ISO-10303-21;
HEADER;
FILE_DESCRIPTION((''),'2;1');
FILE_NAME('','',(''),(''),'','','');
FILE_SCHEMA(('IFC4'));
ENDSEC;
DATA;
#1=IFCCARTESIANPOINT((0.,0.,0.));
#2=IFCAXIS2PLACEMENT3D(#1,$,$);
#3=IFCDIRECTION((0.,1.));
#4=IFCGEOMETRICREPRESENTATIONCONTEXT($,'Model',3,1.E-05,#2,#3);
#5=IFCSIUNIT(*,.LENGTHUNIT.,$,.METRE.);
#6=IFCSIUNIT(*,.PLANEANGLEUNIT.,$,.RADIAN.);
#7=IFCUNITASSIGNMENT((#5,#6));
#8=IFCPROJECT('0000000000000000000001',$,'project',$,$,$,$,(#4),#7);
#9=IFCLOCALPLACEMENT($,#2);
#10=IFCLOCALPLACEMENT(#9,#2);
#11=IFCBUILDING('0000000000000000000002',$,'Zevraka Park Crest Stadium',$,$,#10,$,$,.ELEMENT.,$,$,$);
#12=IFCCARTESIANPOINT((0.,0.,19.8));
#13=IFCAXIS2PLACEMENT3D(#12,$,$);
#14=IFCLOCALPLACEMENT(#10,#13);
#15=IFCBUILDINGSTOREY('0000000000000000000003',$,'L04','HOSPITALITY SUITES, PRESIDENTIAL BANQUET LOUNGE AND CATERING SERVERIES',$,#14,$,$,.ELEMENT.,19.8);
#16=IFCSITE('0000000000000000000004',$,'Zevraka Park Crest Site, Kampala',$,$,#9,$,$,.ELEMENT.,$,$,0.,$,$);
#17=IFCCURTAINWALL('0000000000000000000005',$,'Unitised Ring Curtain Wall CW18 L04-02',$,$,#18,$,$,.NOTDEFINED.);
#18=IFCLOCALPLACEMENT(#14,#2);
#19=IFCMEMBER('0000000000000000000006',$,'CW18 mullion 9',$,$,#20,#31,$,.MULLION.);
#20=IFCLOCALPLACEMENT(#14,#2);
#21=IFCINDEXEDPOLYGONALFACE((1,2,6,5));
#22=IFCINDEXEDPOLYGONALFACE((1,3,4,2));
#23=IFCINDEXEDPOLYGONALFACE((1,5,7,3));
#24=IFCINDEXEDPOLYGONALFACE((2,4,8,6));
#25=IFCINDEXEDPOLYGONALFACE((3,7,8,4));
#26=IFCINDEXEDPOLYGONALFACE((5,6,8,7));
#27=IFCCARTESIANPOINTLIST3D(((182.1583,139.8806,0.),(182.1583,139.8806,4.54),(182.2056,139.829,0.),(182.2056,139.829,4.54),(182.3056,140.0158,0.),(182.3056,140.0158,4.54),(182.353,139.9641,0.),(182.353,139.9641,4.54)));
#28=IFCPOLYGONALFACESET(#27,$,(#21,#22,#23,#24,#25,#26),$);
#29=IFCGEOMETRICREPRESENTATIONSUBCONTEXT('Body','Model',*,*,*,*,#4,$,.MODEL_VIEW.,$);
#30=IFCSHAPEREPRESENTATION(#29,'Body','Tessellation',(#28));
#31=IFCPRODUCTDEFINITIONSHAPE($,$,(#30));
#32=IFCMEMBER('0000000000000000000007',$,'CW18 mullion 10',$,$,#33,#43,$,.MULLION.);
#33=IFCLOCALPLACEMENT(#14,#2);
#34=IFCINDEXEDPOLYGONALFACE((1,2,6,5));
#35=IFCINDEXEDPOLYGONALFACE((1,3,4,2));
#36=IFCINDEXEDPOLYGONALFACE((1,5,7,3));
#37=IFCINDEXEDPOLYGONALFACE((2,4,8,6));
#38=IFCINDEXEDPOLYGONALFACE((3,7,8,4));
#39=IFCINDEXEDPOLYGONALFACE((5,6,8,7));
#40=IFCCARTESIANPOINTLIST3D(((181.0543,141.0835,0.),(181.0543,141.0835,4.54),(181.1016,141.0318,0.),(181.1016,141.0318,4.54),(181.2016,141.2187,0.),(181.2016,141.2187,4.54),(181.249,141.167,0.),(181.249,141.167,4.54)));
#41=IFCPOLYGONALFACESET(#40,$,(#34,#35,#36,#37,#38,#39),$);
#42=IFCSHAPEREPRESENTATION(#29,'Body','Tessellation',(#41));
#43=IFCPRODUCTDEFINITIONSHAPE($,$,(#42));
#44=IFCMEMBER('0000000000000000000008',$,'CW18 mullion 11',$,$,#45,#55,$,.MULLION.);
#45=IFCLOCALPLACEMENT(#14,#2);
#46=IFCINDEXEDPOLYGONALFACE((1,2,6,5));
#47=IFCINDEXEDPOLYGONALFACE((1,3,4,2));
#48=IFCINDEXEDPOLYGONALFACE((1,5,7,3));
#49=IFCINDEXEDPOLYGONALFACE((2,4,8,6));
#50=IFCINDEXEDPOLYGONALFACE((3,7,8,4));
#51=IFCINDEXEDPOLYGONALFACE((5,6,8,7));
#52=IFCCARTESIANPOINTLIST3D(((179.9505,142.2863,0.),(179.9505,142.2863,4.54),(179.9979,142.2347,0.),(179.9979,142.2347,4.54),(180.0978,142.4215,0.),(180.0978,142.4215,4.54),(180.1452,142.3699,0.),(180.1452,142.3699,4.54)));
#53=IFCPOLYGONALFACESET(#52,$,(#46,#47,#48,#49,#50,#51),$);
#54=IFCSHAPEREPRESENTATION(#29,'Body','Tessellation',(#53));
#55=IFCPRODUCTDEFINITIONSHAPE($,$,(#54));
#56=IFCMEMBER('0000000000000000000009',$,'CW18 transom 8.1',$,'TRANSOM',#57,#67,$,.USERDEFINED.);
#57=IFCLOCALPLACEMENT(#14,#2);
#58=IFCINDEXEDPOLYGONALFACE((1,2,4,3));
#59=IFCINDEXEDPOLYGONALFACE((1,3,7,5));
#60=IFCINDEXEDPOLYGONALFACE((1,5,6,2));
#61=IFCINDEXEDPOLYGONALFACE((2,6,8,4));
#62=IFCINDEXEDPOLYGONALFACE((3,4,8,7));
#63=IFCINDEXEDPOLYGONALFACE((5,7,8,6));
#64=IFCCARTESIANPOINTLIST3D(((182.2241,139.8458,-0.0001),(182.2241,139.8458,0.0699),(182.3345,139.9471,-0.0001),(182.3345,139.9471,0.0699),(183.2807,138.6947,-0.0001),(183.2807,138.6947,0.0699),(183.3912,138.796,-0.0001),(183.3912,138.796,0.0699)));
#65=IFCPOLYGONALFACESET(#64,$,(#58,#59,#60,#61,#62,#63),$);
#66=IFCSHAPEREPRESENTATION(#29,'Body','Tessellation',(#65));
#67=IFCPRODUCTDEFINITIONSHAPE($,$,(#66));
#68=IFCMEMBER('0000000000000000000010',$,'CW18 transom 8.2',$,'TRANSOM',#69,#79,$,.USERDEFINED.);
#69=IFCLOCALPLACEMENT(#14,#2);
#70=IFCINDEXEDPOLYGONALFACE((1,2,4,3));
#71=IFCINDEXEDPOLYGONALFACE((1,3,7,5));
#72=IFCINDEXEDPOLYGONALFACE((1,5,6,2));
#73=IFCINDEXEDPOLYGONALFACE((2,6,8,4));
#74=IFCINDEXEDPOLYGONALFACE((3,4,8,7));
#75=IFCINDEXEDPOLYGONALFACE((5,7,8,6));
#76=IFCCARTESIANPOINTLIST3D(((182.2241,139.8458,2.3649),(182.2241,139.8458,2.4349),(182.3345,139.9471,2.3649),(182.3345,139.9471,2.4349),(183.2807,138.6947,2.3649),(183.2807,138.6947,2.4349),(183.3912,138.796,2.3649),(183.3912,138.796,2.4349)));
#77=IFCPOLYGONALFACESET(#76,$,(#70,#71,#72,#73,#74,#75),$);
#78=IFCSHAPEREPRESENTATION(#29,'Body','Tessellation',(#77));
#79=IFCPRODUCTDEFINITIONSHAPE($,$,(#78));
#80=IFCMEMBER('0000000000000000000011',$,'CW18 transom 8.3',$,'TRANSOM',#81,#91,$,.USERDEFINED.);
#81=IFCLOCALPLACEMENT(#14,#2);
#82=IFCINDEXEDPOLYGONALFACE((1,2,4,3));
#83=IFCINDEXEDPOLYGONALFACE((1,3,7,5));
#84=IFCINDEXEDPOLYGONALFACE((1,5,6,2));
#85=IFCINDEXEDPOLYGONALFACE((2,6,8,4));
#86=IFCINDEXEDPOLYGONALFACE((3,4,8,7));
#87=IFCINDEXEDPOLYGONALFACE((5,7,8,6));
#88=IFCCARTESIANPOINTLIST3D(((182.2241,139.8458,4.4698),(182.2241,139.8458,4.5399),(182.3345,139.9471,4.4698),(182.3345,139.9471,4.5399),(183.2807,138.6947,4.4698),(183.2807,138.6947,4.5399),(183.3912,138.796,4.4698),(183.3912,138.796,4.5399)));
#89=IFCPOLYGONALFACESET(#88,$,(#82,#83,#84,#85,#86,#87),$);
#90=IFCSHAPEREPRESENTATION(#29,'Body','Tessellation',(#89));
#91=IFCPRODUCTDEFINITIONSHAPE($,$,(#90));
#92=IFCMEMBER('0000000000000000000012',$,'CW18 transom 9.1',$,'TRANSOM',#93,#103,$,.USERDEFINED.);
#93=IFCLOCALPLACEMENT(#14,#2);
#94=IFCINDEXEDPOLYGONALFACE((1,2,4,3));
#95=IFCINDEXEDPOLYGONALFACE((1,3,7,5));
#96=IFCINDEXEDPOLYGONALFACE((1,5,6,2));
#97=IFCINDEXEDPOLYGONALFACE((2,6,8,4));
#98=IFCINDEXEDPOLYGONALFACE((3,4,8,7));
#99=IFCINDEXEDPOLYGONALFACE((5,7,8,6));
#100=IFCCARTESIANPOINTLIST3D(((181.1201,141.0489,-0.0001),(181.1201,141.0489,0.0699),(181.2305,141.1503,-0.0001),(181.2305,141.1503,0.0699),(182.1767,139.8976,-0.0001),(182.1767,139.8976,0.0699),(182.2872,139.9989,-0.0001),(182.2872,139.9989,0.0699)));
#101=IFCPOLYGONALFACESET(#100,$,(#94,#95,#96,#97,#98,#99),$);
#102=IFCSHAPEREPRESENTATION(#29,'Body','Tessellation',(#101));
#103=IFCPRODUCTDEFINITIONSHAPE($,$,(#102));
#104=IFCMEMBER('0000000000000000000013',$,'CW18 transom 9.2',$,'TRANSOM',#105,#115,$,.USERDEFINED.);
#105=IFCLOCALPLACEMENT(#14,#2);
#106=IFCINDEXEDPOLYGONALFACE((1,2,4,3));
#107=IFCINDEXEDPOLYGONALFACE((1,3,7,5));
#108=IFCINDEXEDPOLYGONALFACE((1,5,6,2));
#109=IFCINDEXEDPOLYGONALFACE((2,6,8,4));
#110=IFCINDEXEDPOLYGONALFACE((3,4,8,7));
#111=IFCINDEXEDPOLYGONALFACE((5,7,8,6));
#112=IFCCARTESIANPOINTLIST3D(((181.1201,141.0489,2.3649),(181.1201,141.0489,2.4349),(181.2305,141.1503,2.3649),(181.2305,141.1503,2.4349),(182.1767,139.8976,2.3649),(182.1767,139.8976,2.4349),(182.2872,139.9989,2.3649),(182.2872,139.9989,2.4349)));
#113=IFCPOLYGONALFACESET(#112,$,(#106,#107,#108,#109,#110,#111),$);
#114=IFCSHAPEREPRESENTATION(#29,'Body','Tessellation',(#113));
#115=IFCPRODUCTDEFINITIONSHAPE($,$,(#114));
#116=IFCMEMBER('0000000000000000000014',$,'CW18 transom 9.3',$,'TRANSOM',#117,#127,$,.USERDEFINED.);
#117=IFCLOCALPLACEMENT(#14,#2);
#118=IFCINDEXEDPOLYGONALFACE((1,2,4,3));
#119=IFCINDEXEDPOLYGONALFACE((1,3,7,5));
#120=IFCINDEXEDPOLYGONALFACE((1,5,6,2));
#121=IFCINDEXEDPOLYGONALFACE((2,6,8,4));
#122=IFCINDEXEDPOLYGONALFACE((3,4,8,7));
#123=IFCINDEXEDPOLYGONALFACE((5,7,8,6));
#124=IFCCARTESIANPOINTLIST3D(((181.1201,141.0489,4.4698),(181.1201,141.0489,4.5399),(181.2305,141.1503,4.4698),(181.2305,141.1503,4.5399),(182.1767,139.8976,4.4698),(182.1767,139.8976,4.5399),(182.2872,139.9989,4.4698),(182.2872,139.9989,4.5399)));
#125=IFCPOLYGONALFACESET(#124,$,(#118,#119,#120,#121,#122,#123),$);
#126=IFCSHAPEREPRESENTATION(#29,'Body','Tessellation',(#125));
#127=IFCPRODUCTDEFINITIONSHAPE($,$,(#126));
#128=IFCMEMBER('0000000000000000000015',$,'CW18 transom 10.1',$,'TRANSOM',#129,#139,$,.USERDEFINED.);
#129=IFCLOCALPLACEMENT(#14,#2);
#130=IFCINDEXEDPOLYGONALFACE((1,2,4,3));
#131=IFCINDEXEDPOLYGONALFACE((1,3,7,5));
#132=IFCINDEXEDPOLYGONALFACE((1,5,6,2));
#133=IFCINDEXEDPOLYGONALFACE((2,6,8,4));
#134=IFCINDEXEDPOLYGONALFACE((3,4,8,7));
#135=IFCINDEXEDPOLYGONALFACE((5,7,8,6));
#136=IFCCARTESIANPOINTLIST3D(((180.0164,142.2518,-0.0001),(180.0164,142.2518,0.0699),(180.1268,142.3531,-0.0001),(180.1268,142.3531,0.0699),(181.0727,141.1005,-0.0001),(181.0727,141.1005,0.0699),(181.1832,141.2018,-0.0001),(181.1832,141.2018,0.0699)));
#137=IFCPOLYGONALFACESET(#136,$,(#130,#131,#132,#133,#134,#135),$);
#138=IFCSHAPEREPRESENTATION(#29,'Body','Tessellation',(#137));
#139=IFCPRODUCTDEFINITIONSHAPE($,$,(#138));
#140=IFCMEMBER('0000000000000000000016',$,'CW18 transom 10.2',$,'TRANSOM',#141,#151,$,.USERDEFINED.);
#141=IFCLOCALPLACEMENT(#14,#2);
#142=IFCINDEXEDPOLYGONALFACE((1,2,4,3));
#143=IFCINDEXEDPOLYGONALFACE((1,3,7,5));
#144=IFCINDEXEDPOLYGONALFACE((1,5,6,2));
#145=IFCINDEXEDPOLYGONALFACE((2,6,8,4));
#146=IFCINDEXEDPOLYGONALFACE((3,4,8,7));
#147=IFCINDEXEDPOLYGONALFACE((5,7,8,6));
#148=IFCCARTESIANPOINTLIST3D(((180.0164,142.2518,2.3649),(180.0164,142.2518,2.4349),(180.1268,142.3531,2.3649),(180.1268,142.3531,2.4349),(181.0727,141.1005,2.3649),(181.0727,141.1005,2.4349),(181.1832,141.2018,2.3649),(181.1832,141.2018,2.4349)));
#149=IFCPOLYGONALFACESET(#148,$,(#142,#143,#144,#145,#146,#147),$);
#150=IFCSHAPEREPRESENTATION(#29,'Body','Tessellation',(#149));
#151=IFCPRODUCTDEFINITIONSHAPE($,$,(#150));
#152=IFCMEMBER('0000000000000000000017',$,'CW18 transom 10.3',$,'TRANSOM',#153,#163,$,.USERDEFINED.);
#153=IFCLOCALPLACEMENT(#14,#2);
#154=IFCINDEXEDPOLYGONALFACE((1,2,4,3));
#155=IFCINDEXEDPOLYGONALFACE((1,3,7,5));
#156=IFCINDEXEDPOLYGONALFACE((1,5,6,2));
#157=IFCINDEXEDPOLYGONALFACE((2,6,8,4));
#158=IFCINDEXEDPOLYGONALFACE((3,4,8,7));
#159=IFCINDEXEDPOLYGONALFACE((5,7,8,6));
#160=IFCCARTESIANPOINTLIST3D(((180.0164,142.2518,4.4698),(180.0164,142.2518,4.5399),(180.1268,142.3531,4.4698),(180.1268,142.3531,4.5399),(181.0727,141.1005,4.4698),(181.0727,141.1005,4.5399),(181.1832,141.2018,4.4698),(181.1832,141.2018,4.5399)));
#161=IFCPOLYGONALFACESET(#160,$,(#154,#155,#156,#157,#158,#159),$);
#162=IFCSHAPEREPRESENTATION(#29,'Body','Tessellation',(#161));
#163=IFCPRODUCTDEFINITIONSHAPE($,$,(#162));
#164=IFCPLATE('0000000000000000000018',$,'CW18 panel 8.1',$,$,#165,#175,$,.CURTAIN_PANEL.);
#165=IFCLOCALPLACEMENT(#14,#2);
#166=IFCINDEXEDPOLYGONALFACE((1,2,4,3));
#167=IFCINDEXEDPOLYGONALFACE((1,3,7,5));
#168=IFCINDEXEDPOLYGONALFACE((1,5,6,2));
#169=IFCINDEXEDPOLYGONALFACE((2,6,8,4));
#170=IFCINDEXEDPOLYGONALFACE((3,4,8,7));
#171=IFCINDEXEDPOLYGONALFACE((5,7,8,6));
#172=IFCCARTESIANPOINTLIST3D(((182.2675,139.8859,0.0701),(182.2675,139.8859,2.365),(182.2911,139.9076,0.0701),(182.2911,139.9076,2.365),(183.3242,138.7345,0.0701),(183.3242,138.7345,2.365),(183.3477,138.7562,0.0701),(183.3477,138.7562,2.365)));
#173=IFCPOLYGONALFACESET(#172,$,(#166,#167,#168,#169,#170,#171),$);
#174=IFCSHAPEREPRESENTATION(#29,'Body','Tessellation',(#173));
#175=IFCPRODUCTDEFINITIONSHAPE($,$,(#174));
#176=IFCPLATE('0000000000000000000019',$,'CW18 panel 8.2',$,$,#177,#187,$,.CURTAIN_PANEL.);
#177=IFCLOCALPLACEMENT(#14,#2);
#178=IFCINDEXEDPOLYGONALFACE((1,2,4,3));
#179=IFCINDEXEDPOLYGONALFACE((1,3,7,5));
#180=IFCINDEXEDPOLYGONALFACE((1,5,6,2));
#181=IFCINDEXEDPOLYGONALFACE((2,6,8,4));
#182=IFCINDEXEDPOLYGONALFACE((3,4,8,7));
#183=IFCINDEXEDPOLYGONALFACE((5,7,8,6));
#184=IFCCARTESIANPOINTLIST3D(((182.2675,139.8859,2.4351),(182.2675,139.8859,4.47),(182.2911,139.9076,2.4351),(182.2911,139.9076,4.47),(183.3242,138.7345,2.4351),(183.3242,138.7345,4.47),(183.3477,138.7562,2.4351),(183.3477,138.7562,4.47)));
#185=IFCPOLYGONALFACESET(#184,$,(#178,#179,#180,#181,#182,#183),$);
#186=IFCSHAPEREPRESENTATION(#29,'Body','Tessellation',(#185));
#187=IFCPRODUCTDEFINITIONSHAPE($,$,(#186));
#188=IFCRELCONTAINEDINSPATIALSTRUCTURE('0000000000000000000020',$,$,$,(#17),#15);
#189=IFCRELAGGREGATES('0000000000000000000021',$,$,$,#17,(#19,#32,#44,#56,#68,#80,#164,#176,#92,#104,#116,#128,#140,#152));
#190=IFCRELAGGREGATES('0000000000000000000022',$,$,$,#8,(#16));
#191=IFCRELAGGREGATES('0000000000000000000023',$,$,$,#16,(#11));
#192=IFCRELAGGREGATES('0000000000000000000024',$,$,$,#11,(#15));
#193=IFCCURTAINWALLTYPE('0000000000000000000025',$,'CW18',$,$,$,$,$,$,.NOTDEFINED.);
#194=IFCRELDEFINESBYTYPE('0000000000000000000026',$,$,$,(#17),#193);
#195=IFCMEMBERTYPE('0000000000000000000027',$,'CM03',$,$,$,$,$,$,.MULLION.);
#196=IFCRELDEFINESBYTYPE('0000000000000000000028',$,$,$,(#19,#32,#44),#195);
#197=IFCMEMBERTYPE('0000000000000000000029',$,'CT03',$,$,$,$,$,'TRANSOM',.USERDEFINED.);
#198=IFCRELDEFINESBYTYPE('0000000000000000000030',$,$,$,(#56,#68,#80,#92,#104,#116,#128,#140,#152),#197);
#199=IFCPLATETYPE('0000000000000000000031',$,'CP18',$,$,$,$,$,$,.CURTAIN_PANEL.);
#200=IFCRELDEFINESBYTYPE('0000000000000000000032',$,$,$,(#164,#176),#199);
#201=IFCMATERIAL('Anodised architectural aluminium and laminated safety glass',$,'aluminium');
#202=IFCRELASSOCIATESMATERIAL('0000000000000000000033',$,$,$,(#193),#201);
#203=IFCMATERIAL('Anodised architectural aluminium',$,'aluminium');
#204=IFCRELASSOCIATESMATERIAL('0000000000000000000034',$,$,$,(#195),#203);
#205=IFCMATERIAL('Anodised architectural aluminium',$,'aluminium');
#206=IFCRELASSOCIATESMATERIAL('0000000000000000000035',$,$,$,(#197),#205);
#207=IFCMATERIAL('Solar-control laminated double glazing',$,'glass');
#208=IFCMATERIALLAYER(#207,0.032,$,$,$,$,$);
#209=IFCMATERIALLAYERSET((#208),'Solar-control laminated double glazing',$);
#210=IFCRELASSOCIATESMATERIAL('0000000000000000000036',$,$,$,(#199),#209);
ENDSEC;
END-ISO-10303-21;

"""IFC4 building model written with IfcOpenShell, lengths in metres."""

from ifc_helpers import new_model, si_unit, direction, frame, origin, origin_2d, place, context, subcontext, project, spatial, rectangle, extrude, material, layer, layer_set, material_profile, profile_set, type_object, element, aggregate, save


model = new_model("IFC4")

# Units and contexts
model_context = context("Model", 3, precision=1e-05, world=origin(), true_north=direction((0.0, 1.0)))
body_context = subcontext(model_context, "Body", "Model", "MODEL_VIEW")
ifc_project = project(units=[si_unit("LENGTHUNIT", "METRE"), si_unit("PLANEANGLEUNIT", "RADIAN")], contexts=[model_context])

# Site, building, storey
site_placement = place(None, origin())
site = spatial("IfcSite", under=ifc_project, at=site_placement, Name="Zevraka Park Crest Site, Kampala", CompositionType="ELEMENT", RefElevation=0.0)
building_placement = place(site_placement, origin())
building = spatial("IfcBuilding", under=site, at=building_placement, Name="Zevraka Park Crest Stadium", CompositionType="ELEMENT")
storey_placement = place(building_placement, frame((0.0, 0.0, 19.8)))
storey = spatial("IfcBuildingStorey", under=building, at=storey_placement, Name="L04", Description="HOSPITALITY SUITES, PRESIDENTIAL BANQUET LOUNGE AND CATERING SERVERIES", CompositionType="ELEMENT", Elevation=19.8)

# Curtain wall, members, plates
ifc_material_1 = material(Name="Anodised architectural aluminium and laminated safety glass", Category="aluminium")
curtain_wall_type = type_object("IfcCurtainWallType", Name="CW18", PredefinedType="NOTDEFINED", material=ifc_material_1)
curtain_wall_placement = place(storey_placement, origin())
curtain_wall = element("IfcCurtainWall", 1, at=curtain_wall_placement, inside=storey, type_object=curtain_wall_type, Name="Unitised Ring Curtain Wall CW18 L04-02", PredefinedType="NOTDEFINED")
ifc_material_2 = material(Name="Anodised architectural aluminium", Category="aluminium")
ifc_material_profile_1 = material_profile(ifc_material_2, rectangle(XDim=0.2, YDim=0.0701, at=origin_2d()), Name="ALU MULLION 200x70")
ifc_profile_set_1 = profile_set([ifc_material_profile_1], Name="Anodised architectural aluminium")
member_type_1 = type_object("IfcMemberType", Name="CM03", PredefinedType="MULLION", material=ifc_profile_set_1)
member_1_placement = place(storey_placement, frame((182.2556, 139.9224, 0.0), z_axis=(0.0, 0.0, 1.0), x_axis=(-0.736775, -0.676138, 0.0)))
member_1 = element("IfcMember", 2, at=member_1_placement, type_object=member_type_1, Name="CW18 mullion 9", PredefinedType="MULLION", context=body_context, shape_type="SweptSolid", body=[
    extrude(rectangle(XDim=0.2, YDim=0.0701, at=origin_2d()), origin(), (0.0, 0.0, 1.0), 4.54),
])
member_2_placement = place(storey_placement, frame((181.1516, 141.1252, 0.0), z_axis=(0.0, 0.0, 1.0), x_axis=(-0.736775, -0.676138, 0.0)))
member_2 = element("IfcMember", 3, at=member_2_placement, type_object=member_type_1, Name="CW18 mullion 10", PredefinedType="MULLION", context=body_context, shape_type="SweptSolid", body=[
    extrude(rectangle(XDim=0.2, YDim=0.0701, at=origin_2d()), origin(), (0.0, 0.0, 1.0), 4.54),
])
member_3_placement = place(storey_placement, frame((180.0479, 142.3281, 0.0), z_axis=(0.0, 0.0, 1.0), x_axis=(-0.736775, -0.676138, 0.0)))
member_3 = element("IfcMember", 4, at=member_3_placement, type_object=member_type_1, Name="CW18 mullion 11", PredefinedType="MULLION", context=body_context, shape_type="SweptSolid", body=[
    extrude(rectangle(XDim=0.2, YDim=0.0701, at=origin_2d()), origin(), (0.0, 0.0, 1.0), 4.54),
])
ifc_material_3 = material(Name="Anodised architectural aluminium", Category="aluminium")
ifc_material_profile_2 = material_profile(ifc_material_3, rectangle(XDim=0.1499, YDim=0.0701, at=origin_2d()), Name="ALU TRANSOM 150x70")
ifc_profile_set_2 = profile_set([ifc_material_profile_2], Name="Anodised architectural aluminium")
member_type_2 = type_object("IfcMemberType", Name="CT03", ElementType="TRANSOM", PredefinedType="USERDEFINED", material=ifc_profile_set_2)
member_4_placement = place(storey_placement, frame((183.3359, 138.7454, 0.0349), z_axis=(-0.676227, 0.736693, 0.0), x_axis=(-0.736693, -0.676227, 0.0)))
member_4 = element("IfcMember", 5, at=member_4_placement, type_object=member_type_2, Name="CW18 transom 8.1", ObjectType="TRANSOM", PredefinedType="USERDEFINED", context=body_context, shape_type="SweptSolid", body=[
    extrude(rectangle(XDim=0.1499, YDim=0.0701, at=origin_2d()), origin(), (0.0, 0.0, 1.0), 1.5625),
])
member_5_placement = place(storey_placement, frame((183.3359, 138.7454, 2.3999), z_axis=(-0.676227, 0.736693, 0.0), x_axis=(-0.736693, -0.676227, 0.0)))
member_5 = element("IfcMember", 6, at=member_5_placement, type_object=member_type_2, Name="CW18 transom 8.2", ObjectType="TRANSOM", PredefinedType="USERDEFINED", context=body_context, shape_type="SweptSolid", body=[
    extrude(rectangle(XDim=0.1499, YDim=0.0701, at=origin_2d()), origin(), (0.0, 0.0, 1.0), 1.5625),
])
member_6_placement = place(storey_placement, frame((183.3359, 138.7454, 4.5049), z_axis=(-0.676227, 0.736693, 0.0), x_axis=(-0.736693, -0.676227, 0.0)))
member_6 = element("IfcMember", 7, at=member_6_placement, type_object=member_type_2, Name="CW18 transom 8.3", ObjectType="TRANSOM", PredefinedType="USERDEFINED", context=body_context, shape_type="SweptSolid", body=[
    extrude(rectangle(XDim=0.1499, YDim=0.0701, at=origin_2d()), origin(), (0.0, 0.0, 1.0), 1.5625),
])
member_7_placement = place(storey_placement, frame((182.2319, 139.9482, 0.0349), z_axis=(-0.676149, 0.736765, 0.0), x_axis=(-0.736765, -0.676149, 0.0)))
member_7 = element("IfcMember", 8, at=member_7_placement, type_object=member_type_2, Name="CW18 transom 9.1", ObjectType="TRANSOM", PredefinedType="USERDEFINED", context=body_context, shape_type="SweptSolid", body=[
    extrude(rectangle(XDim=0.1499, YDim=0.0701, at=origin_2d()), origin(), (0.0, 0.0, 1.0), 1.5627),
])
member_8_placement = place(storey_placement, frame((182.2319, 139.9482, 2.3999), z_axis=(-0.676149, 0.736765, 0.0), x_axis=(-0.736765, -0.676149, 0.0)))
member_8 = element("IfcMember", 9, at=member_8_placement, type_object=member_type_2, Name="CW18 transom 9.2", ObjectType="TRANSOM", PredefinedType="USERDEFINED", context=body_context, shape_type="SweptSolid", body=[
    extrude(rectangle(XDim=0.1499, YDim=0.0701, at=origin_2d()), origin(), (0.0, 0.0, 1.0), 1.5627),
])
member_9_placement = place(storey_placement, frame((182.2319, 139.9482, 4.5049), z_axis=(-0.676149, 0.736765, 0.0), x_axis=(-0.736765, -0.676149, 0.0)))
member_9 = element("IfcMember", 10, at=member_9_placement, type_object=member_type_2, Name="CW18 transom 9.3", ObjectType="TRANSOM", PredefinedType="USERDEFINED", context=body_context, shape_type="SweptSolid", body=[
    extrude(rectangle(XDim=0.1499, YDim=0.0701, at=origin_2d()), origin(), (0.0, 0.0, 1.0), 1.5627),
])
member_10_placement = place(storey_placement, frame((181.1279, 141.1511, 0.0349), z_axis=(-0.676064, 0.736843, 0.0), x_axis=(-0.736843, -0.676064, 0.0)))
member_10 = element("IfcMember", 11, at=member_10_placement, type_object=member_type_2, Name="CW18 transom 10.1", ObjectType="TRANSOM", PredefinedType="USERDEFINED", context=body_context, shape_type="SweptSolid", body=[
    extrude(rectangle(XDim=0.1499, YDim=0.0701, at=origin_2d()), origin(), (0.0, 0.0, 1.0), 1.5625),
])
member_11_placement = place(storey_placement, frame((181.1279, 141.1511, 2.3999), z_axis=(-0.676064, 0.736843, 0.0), x_axis=(-0.736843, -0.676064, 0.0)))
member_11 = element("IfcMember", 12, at=member_11_placement, type_object=member_type_2, Name="CW18 transom 10.2", ObjectType="TRANSOM", PredefinedType="USERDEFINED", context=body_context, shape_type="SweptSolid", body=[
    extrude(rectangle(XDim=0.1499, YDim=0.0701, at=origin_2d()), origin(), (0.0, 0.0, 1.0), 1.5625),
])
member_12_placement = place(storey_placement, frame((181.1279, 141.1511, 4.5049), z_axis=(-0.676064, 0.736843, 0.0), x_axis=(-0.736843, -0.676064, 0.0)))
member_12 = element("IfcMember", 13, at=member_12_placement, type_object=member_type_2, Name="CW18 transom 10.3", ObjectType="TRANSOM", PredefinedType="USERDEFINED", context=body_context, shape_type="SweptSolid", body=[
    extrude(rectangle(XDim=0.1499, YDim=0.0701, at=origin_2d()), origin(), (0.0, 0.0, 1.0), 1.5625),
])
ifc_material_4 = material(Name="Solar-control laminated double glazing", Category="glass")
ifc_layer_1 = layer(ifc_material_4, 0.032)
ifc_layer_set_1 = layer_set([ifc_layer_1], Name="Solar-control laminated double glazing")
plate_type = type_object("IfcPlateType", Name="CP18", PredefinedType="CURTAIN_PANEL", material=ifc_layer_set_1)
plate_1_placement = place(storey_placement, frame((182.8076, 139.321, 0.0701), z_axis=(0.0, 0.0, 1.0), x_axis=(-0.676138, 0.736775, 0.0)))
plate_1 = element("IfcPlate", 14, at=plate_1_placement, type_object=plate_type, Name="CW18 panel 8.1", PredefinedType="CURTAIN_PANEL", context=body_context, shape_type="SweptSolid", body=[
    extrude(rectangle(XDim=1.5627, YDim=0.032, at=origin_2d()), origin(), (0.0, 0.0, 1.0), 2.2949),
])
plate_2_placement = place(storey_placement, frame((182.8076, 139.321, 2.4351), z_axis=(0.0, 0.0, 1.0), x_axis=(-0.676138, 0.736775, 0.0)))
plate_2 = element("IfcPlate", 15, at=plate_2_placement, type_object=plate_type, Name="CW18 panel 8.2", PredefinedType="CURTAIN_PANEL", context=body_context, shape_type="SweptSolid", body=[
    extrude(rectangle(XDim=1.5627, YDim=0.032, at=origin_2d()), origin(), (0.0, 0.0, 1.0), 2.0349),
])
aggregate(curtain_wall, [member_1, member_2, member_3, member_4, member_5, member_6, plate_1, plate_2, member_7, member_8, member_9, member_10, member_11, member_12])

save(model, "model.ifc")
